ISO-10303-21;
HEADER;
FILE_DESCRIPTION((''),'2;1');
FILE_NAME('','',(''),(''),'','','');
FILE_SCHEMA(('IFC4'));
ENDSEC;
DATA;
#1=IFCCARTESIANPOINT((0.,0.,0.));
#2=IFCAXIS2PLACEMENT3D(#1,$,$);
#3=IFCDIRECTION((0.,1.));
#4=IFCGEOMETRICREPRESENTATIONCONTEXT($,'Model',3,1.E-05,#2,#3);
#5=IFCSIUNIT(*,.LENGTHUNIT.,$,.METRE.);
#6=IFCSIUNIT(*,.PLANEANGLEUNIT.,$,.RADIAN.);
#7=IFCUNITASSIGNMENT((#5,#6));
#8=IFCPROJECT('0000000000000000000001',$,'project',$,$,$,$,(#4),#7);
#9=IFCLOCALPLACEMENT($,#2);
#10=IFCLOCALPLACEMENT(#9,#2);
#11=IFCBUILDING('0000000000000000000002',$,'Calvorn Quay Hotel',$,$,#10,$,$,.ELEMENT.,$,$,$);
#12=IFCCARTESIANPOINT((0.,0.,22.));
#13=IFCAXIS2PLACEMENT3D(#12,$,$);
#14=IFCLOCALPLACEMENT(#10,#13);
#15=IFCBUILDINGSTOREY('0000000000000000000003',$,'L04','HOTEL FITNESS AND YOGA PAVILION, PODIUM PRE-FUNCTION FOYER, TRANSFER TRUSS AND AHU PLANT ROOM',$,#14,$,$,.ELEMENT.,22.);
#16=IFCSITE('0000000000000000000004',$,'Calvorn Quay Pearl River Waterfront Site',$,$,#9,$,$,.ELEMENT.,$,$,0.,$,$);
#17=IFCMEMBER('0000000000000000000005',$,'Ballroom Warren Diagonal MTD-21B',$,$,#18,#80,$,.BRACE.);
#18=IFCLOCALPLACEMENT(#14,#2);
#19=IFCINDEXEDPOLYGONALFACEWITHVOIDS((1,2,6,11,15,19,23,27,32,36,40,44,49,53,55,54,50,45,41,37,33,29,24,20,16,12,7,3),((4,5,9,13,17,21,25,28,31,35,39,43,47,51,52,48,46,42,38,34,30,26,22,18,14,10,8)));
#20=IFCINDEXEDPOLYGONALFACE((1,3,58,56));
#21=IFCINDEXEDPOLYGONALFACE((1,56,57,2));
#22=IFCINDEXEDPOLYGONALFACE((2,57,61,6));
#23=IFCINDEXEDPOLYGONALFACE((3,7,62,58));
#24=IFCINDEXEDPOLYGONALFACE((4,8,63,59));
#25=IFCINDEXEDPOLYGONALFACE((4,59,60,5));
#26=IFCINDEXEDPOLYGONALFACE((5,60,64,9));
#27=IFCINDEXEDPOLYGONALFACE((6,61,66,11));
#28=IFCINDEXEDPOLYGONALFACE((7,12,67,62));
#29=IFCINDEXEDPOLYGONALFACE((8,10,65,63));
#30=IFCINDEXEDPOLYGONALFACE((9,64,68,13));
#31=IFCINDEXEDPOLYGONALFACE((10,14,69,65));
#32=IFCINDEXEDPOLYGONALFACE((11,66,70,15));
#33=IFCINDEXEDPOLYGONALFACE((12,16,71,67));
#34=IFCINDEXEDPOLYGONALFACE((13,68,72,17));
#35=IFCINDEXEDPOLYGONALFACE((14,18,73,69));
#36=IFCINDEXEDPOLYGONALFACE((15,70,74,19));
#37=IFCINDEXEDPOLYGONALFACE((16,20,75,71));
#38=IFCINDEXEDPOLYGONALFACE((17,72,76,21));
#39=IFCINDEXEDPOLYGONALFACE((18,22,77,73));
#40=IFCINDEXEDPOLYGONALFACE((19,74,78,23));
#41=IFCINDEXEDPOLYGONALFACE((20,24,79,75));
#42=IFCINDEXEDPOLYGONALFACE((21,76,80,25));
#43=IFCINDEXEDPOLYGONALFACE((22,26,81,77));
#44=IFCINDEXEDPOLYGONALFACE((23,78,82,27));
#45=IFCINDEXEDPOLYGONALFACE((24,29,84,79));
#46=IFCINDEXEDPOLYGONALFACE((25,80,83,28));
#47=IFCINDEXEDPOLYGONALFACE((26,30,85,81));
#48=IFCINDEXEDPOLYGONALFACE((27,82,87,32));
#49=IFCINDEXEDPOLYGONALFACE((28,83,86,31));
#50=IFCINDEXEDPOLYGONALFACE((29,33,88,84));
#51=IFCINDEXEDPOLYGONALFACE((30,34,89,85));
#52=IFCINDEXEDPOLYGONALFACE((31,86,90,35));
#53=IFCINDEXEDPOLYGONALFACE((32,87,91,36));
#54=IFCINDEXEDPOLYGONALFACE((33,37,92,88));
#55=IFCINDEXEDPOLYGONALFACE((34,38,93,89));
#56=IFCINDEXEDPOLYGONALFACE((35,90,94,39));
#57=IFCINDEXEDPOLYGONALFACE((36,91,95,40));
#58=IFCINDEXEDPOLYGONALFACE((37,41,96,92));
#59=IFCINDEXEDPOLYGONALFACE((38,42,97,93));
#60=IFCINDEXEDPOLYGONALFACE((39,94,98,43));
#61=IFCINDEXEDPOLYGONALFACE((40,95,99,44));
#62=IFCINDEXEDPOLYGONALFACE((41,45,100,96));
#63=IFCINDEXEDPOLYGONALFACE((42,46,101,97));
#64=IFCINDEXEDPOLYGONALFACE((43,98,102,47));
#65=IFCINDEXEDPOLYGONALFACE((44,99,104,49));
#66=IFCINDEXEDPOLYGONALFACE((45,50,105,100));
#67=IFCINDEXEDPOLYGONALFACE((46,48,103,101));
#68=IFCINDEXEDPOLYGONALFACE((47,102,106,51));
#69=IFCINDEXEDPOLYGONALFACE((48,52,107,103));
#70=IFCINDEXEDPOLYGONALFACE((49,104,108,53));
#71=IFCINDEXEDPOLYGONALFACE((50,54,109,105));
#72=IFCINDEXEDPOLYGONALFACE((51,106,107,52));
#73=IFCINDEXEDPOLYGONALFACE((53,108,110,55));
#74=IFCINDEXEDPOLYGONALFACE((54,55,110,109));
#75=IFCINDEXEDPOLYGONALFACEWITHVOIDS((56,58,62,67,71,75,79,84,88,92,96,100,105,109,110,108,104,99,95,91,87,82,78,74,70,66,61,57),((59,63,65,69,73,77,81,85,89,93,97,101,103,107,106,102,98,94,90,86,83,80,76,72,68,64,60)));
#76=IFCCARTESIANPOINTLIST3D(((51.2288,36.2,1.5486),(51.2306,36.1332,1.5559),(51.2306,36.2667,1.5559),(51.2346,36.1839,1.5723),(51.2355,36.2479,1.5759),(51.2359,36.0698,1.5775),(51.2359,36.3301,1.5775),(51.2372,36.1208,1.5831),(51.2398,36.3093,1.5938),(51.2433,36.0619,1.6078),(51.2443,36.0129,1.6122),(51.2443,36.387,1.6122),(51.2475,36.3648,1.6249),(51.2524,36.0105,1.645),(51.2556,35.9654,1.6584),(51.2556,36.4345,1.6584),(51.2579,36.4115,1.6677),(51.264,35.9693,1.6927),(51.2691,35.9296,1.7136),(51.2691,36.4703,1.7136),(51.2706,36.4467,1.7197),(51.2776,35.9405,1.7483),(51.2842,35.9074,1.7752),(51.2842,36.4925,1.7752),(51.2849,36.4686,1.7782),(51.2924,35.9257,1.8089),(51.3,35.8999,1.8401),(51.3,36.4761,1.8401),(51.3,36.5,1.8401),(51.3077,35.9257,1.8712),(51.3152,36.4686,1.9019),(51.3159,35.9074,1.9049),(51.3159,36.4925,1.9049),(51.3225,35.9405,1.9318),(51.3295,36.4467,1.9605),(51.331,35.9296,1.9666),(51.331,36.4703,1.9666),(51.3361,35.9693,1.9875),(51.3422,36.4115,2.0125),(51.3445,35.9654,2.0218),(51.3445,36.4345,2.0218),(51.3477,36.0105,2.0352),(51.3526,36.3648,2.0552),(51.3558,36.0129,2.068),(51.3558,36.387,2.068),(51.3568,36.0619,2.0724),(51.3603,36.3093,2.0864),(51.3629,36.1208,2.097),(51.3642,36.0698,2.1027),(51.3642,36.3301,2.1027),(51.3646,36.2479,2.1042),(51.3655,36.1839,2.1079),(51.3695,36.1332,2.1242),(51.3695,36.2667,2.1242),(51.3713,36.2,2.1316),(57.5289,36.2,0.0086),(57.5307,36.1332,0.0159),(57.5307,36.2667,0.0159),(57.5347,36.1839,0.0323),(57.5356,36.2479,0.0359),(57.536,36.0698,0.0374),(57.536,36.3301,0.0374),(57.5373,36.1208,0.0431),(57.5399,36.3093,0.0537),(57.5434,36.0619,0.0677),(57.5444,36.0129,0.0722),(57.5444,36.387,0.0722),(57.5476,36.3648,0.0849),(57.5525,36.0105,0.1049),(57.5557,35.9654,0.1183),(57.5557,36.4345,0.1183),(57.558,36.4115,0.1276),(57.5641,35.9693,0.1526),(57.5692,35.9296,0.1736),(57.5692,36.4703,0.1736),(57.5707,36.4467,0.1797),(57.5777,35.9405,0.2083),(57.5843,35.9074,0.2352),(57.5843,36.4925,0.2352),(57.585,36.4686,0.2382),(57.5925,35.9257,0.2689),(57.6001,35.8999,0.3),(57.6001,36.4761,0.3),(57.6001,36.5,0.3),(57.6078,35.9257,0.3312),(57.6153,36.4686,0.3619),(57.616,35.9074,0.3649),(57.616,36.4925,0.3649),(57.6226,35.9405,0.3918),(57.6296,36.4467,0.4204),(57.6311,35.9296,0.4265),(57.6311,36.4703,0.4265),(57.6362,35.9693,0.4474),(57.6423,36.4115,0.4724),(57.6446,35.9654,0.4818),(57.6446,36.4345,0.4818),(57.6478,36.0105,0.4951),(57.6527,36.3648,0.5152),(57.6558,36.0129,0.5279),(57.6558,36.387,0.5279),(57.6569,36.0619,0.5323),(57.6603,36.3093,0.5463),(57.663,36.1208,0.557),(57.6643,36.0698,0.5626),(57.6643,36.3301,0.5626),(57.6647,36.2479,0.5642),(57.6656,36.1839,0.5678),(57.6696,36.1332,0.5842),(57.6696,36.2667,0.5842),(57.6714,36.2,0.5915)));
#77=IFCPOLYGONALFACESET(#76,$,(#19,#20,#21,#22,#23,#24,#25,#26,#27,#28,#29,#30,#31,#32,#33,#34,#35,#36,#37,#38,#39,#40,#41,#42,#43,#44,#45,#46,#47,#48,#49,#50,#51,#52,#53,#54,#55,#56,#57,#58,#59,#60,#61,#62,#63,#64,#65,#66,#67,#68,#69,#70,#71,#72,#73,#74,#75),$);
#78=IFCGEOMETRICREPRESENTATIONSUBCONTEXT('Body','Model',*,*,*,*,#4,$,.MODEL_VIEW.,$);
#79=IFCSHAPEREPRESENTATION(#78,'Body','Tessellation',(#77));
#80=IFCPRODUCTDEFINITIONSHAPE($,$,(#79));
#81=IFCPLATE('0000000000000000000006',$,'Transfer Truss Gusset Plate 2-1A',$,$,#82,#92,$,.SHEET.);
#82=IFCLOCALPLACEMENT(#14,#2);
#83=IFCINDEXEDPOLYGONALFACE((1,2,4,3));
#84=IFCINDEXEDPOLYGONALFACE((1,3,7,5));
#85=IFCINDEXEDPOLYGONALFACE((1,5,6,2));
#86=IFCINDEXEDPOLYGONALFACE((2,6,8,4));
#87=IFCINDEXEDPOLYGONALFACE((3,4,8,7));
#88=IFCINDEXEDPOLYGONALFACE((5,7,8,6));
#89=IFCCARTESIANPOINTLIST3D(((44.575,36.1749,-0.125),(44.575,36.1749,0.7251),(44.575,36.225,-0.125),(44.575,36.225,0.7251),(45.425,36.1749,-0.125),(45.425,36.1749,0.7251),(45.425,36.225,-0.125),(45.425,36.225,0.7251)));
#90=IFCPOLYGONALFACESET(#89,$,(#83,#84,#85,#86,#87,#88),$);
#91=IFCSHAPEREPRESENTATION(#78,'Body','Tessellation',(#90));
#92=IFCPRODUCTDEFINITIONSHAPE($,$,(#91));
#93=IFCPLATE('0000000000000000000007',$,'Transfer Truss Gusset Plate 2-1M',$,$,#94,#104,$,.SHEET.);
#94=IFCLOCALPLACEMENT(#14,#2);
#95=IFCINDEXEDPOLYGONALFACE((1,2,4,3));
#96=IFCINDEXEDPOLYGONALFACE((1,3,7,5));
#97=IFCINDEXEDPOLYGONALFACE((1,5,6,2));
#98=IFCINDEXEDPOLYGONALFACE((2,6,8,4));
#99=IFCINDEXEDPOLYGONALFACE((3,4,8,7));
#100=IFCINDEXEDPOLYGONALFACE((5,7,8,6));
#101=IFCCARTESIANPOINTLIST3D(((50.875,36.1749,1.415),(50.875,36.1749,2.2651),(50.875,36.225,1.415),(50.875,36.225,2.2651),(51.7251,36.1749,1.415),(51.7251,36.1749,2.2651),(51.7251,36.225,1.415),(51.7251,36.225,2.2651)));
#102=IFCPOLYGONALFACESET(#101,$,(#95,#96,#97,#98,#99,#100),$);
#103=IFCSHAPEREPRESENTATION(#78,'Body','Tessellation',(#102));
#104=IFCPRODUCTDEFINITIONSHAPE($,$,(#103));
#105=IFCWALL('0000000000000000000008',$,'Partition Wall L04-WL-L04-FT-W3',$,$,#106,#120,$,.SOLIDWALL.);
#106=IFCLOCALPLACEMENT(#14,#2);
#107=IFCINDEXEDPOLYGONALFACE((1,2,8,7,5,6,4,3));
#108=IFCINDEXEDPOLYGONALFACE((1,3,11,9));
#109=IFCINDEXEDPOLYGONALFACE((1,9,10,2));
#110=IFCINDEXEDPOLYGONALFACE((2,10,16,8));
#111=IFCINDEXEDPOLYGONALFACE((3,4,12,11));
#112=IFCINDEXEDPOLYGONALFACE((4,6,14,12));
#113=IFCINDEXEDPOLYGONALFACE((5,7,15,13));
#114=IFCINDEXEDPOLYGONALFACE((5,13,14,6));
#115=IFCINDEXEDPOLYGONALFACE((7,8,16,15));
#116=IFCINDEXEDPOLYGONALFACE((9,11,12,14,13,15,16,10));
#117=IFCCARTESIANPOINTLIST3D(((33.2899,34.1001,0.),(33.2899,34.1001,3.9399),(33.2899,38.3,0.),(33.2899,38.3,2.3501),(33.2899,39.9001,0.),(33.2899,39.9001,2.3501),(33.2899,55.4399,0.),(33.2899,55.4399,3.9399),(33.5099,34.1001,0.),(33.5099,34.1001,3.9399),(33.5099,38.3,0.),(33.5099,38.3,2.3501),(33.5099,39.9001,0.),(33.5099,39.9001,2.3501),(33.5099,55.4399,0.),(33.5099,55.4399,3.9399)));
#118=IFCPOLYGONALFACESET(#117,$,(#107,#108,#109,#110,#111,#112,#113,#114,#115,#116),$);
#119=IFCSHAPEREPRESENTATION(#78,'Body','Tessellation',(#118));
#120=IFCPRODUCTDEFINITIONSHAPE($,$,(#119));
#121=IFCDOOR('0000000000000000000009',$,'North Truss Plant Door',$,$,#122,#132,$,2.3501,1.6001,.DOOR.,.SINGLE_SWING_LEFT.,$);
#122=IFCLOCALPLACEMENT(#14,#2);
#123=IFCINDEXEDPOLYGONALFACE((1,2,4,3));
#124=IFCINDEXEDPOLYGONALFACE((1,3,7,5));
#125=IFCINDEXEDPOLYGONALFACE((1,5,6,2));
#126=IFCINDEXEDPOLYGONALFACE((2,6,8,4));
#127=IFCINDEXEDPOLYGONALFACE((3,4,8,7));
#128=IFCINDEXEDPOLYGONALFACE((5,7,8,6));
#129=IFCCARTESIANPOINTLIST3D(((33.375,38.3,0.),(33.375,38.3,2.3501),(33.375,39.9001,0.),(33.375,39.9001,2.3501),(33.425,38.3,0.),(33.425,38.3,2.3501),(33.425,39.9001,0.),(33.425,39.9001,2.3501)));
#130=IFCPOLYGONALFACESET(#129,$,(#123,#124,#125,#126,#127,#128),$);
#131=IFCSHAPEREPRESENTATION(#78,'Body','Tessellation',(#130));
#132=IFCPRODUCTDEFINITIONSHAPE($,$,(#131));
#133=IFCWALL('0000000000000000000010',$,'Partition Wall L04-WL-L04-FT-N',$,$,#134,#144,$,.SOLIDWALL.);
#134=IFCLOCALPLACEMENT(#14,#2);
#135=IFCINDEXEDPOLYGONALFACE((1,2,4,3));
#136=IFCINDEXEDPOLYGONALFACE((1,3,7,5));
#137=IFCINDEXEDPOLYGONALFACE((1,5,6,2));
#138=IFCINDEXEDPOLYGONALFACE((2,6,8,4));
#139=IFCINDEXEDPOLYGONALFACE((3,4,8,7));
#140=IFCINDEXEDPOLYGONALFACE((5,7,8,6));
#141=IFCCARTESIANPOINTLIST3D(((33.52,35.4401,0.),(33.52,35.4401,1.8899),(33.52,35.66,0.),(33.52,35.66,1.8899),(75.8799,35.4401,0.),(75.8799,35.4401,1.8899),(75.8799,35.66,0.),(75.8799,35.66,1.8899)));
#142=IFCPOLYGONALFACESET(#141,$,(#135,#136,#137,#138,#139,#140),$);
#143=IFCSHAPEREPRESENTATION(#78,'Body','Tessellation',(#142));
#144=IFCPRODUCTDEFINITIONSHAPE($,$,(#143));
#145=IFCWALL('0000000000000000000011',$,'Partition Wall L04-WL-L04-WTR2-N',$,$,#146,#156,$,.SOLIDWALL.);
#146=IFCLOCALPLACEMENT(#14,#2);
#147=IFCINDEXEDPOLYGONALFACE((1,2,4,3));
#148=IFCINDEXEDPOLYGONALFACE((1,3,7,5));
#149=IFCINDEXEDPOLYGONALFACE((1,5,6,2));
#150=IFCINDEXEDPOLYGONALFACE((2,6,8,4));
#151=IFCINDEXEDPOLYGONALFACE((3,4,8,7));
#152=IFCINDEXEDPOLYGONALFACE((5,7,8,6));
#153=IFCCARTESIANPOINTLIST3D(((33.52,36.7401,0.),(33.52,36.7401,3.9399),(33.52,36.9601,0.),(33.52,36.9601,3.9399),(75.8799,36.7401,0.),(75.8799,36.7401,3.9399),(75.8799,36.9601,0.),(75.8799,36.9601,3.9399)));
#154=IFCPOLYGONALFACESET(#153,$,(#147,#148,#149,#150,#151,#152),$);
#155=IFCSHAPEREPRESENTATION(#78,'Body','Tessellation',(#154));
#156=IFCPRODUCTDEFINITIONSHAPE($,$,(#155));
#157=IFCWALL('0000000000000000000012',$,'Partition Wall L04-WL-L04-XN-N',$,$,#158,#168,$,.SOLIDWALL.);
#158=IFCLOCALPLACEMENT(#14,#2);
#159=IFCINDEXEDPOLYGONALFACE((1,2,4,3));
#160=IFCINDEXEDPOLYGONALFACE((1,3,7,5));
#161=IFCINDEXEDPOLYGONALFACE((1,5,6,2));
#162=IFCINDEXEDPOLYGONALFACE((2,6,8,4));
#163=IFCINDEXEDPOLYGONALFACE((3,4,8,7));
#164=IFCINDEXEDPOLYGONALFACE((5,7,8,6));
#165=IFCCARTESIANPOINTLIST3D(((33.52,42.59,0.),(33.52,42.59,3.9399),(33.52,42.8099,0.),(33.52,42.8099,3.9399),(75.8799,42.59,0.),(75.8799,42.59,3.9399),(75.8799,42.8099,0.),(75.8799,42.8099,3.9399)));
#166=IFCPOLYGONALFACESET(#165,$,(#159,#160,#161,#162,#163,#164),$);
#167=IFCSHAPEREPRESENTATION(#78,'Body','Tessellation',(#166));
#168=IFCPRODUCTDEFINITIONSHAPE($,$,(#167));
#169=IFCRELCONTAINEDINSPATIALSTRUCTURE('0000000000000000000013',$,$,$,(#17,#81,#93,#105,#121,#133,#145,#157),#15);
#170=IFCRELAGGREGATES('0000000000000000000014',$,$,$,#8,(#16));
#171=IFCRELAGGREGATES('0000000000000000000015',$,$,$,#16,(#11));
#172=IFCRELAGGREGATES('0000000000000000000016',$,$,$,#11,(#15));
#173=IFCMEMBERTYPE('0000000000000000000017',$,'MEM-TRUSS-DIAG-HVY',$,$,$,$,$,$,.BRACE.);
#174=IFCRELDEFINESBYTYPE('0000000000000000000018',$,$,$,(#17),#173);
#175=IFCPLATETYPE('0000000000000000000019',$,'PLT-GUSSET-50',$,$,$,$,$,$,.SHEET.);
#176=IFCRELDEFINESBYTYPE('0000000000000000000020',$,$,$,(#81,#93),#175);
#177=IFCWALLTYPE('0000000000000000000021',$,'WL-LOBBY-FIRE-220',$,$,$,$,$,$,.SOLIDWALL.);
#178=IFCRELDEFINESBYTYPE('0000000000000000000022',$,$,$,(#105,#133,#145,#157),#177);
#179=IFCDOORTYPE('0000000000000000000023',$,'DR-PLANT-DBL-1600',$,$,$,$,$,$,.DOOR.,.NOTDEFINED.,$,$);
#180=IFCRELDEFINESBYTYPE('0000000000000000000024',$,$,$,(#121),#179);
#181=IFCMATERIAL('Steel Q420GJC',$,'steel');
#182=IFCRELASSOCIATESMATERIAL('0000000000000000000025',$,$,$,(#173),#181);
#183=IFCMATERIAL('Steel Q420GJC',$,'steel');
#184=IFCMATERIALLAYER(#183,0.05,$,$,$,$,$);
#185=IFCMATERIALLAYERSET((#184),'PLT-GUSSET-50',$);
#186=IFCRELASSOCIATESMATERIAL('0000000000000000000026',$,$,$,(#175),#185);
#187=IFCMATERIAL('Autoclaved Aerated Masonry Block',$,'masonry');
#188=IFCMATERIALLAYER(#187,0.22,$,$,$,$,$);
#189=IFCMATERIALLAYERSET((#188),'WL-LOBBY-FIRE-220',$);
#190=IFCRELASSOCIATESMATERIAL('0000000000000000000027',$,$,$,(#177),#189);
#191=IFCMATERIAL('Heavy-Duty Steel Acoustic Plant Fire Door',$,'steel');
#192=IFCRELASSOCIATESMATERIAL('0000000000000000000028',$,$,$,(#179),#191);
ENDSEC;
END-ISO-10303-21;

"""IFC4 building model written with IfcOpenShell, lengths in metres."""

from ifc_helpers import new_model, si_unit, direction, frame, frame_2d, origin, origin_2d, place, context, subcontext, project, spatial, rectangle, hollow_circle, extrude, material, layer, layer_set, material_profile, profile_set, type_object, element, fill, save


model = new_model("IFC4")

# Units and contexts
model_context = context("Model", 3, precision=1e-05, world=origin(), true_north=direction((0.0, 1.0)))
body_context = subcontext(model_context, "Body", "Model", "MODEL_VIEW")
ifc_project = project(units=[si_unit("LENGTHUNIT", "METRE"), si_unit("PLANEANGLEUNIT", "RADIAN")], contexts=[model_context])

# Site, building, storey
site_placement = place(None, origin())
site = spatial("IfcSite", under=ifc_project, at=site_placement, Name="Calvorn Quay Pearl River Waterfront Site", CompositionType="ELEMENT", RefElevation=0.0)
building_placement = place(site_placement, origin())
building = spatial("IfcBuilding", under=site, at=building_placement, Name="Calvorn Quay Hotel", CompositionType="ELEMENT")
storey_placement = place(building_placement, frame((0.0, 0.0, 22.0)))
storey = spatial("IfcBuildingStorey", under=building, at=storey_placement, Name="L04", Description="HOTEL FITNESS AND YOGA PAVILION, PODIUM PRE-FUNCTION FOYER, TRANSFER TRUSS AND AHU PLANT ROOM", CompositionType="ELEMENT", Elevation=22.0)

# Member
ifc_material_1 = material(Name="Steel Q420GJC", Category="steel")
ifc_material_profile_1 = material_profile(ifc_material_1, hollow_circle(Radius=0.3, WallThickness=0.0239, at=origin_2d()), Name="CHS600x24")
ifc_profile_set_1 = profile_set([ifc_material_profile_1], Name="Steel Q420GJC")
member_type_1 = type_object("IfcMemberType", Name="MEM-TRUSS-DIAG-HVY", PredefinedType="BRACE", material=ifc_profile_set_1)
for number, where, z_axis, x_axis, name in (
    (1, (51.3, 36.2, 1.8401), (0.971398, 0.0, -0.237457), (0.0, 1.0, 0.0), "Ballroom Warren Diagonal MTD-21B"),
):
    element("IfcMember", number, at=place(storey_placement, frame(where, z_axis=z_axis, x_axis=x_axis)), inside=storey, type_object=member_type_1, Name=name, PredefinedType="BRACE", context=body_context, shape_type="SweptSolid", body=[
        extrude(hollow_circle(Radius=0.3, WallThickness=0.0239, at=origin_2d()), origin(), (0.0, 0.0, 1.0), 6.4856),
    ])

# Plates
ifc_material_2 = material(Name="Steel Q420GJC", Category="steel")
ifc_layer_1 = layer(ifc_material_2, 0.05)
ifc_layer_set_1 = layer_set([ifc_layer_1], Name="PLT-GUSSET-50")
plate_type = type_object("IfcPlateType", Name="PLT-GUSSET-50", PredefinedType="SHEET", material=ifc_layer_set_1)
for number, where, z_axis, x_axis, name in (
    (2, (45.0, 36.2, -0.125), (0.0, 0.0, 1.0), (1.0, 0.0, 0.0), "Transfer Truss Gusset Plate 2-1A"),
    (3, (51.3, 36.2, 1.415), (0.0, 0.0, 1.0), (1.0, 0.0, 0.0), "Transfer Truss Gusset Plate 2-1M"),
):
    element("IfcPlate", number, at=place(storey_placement, frame(where, z_axis=z_axis, x_axis=x_axis)), inside=storey, type_object=plate_type, Name=name, PredefinedType="SHEET", context=body_context, shape_type="SweptSolid", body=[
        extrude(rectangle(XDim=0.8501, YDim=0.05, at=origin_2d()), origin(), (0.0, 0.0, 1.0), 0.8501),
    ])

# Wall, opening, door
ifc_material_3 = material(Name="Autoclaved Aerated Masonry Block", Category="masonry")
ifc_layer_2 = layer(ifc_material_3, 0.22)
ifc_layer_set_2 = layer_set([ifc_layer_2], Name="WL-LOBBY-FIRE-220")
wall_type_1 = type_object("IfcWallType", Name="WL-LOBBY-FIRE-220", PredefinedType="SOLIDWALL", material=ifc_layer_set_2)
wall_1_placement = place(storey_placement, frame((33.3999, 34.1001, 0.0), z_axis=(0.0, 0.0, 1.0), x_axis=(0.0, 1.0, 0.0)))
wall_1 = element("IfcWall", 4, at=wall_1_placement, inside=storey, type_object=wall_type_1, Name="Partition Wall L04-WL-L04-FT-W3", PredefinedType="SOLIDWALL", context=body_context, shape_type="SweptSolid", body=[
    extrude(rectangle(XDim=21.3398, YDim=0.22, at=frame_2d((10.6699, 0.0))), origin(), (0.0, 0.0, 1.0), 3.9399),
])
opening_1_placement = place(wall_1_placement, frame((4.2, 0.0, 0.0)))
opening_1 = element("IfcOpeningElement", 5, at=opening_1_placement, cuts=wall_1, PredefinedType="OPENING", context=body_context, shape_type="SweptSolid", body=[
    extrude(rectangle(XDim=1.6001, YDim=2.3501, at=frame_2d((0.8, 1.175))), frame((0.0, 0.1199, 0.0), z_axis=(0.0, -1.0, 0.0), x_axis=(1.0, 0.0, 0.0)), (0.0, 0.0, 1.0), 0.24),
])
ifc_material_4 = material(Name="Heavy-Duty Steel Acoustic Plant Fire Door", Category="steel")
door_type_1 = type_object("IfcDoorType", Name="DR-PLANT-DBL-1600", OperationType="NOTDEFINED", PredefinedType="DOOR", material=ifc_material_4)
door_1_placement = place(opening_1_placement, origin())
door_1 = element("IfcDoor", 6, at=door_1_placement, inside=storey, type_object=door_type_1, Name="North Truss Plant Door", OperationType="SINGLE_SWING_LEFT", OverallHeight=2.3501, OverallWidth=1.6001, PredefinedType="DOOR", context=body_context, shape_type="SweptSolid", body=[
    extrude(rectangle(XDim=1.6001, YDim=2.3501, at=frame_2d((0.8, 1.175))), frame((0.0, 0.0249, 0.0), z_axis=(0.0, -1.0, 0.0), x_axis=(1.0, 0.0, 0.0)), (0.0, 0.0, 1.0), 0.05),
])
fill(opening_1, door_1)

# Walls
wall_2_placement = place(storey_placement, frame((33.52, 35.55, 0.0), z_axis=(0.0, 0.0, 1.0), x_axis=(1.0, 0.0, 0.0)))
element("IfcWall", 7, at=wall_2_placement, inside=storey, type_object=wall_type_1, Name="Partition Wall L04-WL-L04-FT-N", PredefinedType="SOLIDWALL", context=body_context, shape_type="SweptSolid", body=[
    extrude(rectangle(XDim=42.3599, YDim=0.22, at=frame_2d((21.1799, 0.0))), origin(), (0.0, 0.0, 1.0), 1.8899),
])
for number, where, z_axis, x_axis, name in (
    (8, (33.52, 36.8501, 0.0), (0.0, 0.0, 1.0), (1.0, 0.0, 0.0), "Partition Wall L04-WL-L04-WTR2-N"),
    (9, (33.52, 42.7, 0.0), (0.0, 0.0, 1.0), (1.0, 0.0, 0.0), "Partition Wall L04-WL-L04-XN-N"),
):
    element("IfcWall", number, at=place(storey_placement, frame(where, z_axis=z_axis, x_axis=x_axis)), inside=storey, type_object=wall_type_1, Name=name, PredefinedType="SOLIDWALL", context=body_context, shape_type="SweptSolid", body=[
        extrude(rectangle(XDim=42.3599, YDim=0.22, at=frame_2d((21.1799, 0.0))), origin(), (0.0, 0.0, 1.0), 3.9399),
    ])

save(model, "model.ifc")
